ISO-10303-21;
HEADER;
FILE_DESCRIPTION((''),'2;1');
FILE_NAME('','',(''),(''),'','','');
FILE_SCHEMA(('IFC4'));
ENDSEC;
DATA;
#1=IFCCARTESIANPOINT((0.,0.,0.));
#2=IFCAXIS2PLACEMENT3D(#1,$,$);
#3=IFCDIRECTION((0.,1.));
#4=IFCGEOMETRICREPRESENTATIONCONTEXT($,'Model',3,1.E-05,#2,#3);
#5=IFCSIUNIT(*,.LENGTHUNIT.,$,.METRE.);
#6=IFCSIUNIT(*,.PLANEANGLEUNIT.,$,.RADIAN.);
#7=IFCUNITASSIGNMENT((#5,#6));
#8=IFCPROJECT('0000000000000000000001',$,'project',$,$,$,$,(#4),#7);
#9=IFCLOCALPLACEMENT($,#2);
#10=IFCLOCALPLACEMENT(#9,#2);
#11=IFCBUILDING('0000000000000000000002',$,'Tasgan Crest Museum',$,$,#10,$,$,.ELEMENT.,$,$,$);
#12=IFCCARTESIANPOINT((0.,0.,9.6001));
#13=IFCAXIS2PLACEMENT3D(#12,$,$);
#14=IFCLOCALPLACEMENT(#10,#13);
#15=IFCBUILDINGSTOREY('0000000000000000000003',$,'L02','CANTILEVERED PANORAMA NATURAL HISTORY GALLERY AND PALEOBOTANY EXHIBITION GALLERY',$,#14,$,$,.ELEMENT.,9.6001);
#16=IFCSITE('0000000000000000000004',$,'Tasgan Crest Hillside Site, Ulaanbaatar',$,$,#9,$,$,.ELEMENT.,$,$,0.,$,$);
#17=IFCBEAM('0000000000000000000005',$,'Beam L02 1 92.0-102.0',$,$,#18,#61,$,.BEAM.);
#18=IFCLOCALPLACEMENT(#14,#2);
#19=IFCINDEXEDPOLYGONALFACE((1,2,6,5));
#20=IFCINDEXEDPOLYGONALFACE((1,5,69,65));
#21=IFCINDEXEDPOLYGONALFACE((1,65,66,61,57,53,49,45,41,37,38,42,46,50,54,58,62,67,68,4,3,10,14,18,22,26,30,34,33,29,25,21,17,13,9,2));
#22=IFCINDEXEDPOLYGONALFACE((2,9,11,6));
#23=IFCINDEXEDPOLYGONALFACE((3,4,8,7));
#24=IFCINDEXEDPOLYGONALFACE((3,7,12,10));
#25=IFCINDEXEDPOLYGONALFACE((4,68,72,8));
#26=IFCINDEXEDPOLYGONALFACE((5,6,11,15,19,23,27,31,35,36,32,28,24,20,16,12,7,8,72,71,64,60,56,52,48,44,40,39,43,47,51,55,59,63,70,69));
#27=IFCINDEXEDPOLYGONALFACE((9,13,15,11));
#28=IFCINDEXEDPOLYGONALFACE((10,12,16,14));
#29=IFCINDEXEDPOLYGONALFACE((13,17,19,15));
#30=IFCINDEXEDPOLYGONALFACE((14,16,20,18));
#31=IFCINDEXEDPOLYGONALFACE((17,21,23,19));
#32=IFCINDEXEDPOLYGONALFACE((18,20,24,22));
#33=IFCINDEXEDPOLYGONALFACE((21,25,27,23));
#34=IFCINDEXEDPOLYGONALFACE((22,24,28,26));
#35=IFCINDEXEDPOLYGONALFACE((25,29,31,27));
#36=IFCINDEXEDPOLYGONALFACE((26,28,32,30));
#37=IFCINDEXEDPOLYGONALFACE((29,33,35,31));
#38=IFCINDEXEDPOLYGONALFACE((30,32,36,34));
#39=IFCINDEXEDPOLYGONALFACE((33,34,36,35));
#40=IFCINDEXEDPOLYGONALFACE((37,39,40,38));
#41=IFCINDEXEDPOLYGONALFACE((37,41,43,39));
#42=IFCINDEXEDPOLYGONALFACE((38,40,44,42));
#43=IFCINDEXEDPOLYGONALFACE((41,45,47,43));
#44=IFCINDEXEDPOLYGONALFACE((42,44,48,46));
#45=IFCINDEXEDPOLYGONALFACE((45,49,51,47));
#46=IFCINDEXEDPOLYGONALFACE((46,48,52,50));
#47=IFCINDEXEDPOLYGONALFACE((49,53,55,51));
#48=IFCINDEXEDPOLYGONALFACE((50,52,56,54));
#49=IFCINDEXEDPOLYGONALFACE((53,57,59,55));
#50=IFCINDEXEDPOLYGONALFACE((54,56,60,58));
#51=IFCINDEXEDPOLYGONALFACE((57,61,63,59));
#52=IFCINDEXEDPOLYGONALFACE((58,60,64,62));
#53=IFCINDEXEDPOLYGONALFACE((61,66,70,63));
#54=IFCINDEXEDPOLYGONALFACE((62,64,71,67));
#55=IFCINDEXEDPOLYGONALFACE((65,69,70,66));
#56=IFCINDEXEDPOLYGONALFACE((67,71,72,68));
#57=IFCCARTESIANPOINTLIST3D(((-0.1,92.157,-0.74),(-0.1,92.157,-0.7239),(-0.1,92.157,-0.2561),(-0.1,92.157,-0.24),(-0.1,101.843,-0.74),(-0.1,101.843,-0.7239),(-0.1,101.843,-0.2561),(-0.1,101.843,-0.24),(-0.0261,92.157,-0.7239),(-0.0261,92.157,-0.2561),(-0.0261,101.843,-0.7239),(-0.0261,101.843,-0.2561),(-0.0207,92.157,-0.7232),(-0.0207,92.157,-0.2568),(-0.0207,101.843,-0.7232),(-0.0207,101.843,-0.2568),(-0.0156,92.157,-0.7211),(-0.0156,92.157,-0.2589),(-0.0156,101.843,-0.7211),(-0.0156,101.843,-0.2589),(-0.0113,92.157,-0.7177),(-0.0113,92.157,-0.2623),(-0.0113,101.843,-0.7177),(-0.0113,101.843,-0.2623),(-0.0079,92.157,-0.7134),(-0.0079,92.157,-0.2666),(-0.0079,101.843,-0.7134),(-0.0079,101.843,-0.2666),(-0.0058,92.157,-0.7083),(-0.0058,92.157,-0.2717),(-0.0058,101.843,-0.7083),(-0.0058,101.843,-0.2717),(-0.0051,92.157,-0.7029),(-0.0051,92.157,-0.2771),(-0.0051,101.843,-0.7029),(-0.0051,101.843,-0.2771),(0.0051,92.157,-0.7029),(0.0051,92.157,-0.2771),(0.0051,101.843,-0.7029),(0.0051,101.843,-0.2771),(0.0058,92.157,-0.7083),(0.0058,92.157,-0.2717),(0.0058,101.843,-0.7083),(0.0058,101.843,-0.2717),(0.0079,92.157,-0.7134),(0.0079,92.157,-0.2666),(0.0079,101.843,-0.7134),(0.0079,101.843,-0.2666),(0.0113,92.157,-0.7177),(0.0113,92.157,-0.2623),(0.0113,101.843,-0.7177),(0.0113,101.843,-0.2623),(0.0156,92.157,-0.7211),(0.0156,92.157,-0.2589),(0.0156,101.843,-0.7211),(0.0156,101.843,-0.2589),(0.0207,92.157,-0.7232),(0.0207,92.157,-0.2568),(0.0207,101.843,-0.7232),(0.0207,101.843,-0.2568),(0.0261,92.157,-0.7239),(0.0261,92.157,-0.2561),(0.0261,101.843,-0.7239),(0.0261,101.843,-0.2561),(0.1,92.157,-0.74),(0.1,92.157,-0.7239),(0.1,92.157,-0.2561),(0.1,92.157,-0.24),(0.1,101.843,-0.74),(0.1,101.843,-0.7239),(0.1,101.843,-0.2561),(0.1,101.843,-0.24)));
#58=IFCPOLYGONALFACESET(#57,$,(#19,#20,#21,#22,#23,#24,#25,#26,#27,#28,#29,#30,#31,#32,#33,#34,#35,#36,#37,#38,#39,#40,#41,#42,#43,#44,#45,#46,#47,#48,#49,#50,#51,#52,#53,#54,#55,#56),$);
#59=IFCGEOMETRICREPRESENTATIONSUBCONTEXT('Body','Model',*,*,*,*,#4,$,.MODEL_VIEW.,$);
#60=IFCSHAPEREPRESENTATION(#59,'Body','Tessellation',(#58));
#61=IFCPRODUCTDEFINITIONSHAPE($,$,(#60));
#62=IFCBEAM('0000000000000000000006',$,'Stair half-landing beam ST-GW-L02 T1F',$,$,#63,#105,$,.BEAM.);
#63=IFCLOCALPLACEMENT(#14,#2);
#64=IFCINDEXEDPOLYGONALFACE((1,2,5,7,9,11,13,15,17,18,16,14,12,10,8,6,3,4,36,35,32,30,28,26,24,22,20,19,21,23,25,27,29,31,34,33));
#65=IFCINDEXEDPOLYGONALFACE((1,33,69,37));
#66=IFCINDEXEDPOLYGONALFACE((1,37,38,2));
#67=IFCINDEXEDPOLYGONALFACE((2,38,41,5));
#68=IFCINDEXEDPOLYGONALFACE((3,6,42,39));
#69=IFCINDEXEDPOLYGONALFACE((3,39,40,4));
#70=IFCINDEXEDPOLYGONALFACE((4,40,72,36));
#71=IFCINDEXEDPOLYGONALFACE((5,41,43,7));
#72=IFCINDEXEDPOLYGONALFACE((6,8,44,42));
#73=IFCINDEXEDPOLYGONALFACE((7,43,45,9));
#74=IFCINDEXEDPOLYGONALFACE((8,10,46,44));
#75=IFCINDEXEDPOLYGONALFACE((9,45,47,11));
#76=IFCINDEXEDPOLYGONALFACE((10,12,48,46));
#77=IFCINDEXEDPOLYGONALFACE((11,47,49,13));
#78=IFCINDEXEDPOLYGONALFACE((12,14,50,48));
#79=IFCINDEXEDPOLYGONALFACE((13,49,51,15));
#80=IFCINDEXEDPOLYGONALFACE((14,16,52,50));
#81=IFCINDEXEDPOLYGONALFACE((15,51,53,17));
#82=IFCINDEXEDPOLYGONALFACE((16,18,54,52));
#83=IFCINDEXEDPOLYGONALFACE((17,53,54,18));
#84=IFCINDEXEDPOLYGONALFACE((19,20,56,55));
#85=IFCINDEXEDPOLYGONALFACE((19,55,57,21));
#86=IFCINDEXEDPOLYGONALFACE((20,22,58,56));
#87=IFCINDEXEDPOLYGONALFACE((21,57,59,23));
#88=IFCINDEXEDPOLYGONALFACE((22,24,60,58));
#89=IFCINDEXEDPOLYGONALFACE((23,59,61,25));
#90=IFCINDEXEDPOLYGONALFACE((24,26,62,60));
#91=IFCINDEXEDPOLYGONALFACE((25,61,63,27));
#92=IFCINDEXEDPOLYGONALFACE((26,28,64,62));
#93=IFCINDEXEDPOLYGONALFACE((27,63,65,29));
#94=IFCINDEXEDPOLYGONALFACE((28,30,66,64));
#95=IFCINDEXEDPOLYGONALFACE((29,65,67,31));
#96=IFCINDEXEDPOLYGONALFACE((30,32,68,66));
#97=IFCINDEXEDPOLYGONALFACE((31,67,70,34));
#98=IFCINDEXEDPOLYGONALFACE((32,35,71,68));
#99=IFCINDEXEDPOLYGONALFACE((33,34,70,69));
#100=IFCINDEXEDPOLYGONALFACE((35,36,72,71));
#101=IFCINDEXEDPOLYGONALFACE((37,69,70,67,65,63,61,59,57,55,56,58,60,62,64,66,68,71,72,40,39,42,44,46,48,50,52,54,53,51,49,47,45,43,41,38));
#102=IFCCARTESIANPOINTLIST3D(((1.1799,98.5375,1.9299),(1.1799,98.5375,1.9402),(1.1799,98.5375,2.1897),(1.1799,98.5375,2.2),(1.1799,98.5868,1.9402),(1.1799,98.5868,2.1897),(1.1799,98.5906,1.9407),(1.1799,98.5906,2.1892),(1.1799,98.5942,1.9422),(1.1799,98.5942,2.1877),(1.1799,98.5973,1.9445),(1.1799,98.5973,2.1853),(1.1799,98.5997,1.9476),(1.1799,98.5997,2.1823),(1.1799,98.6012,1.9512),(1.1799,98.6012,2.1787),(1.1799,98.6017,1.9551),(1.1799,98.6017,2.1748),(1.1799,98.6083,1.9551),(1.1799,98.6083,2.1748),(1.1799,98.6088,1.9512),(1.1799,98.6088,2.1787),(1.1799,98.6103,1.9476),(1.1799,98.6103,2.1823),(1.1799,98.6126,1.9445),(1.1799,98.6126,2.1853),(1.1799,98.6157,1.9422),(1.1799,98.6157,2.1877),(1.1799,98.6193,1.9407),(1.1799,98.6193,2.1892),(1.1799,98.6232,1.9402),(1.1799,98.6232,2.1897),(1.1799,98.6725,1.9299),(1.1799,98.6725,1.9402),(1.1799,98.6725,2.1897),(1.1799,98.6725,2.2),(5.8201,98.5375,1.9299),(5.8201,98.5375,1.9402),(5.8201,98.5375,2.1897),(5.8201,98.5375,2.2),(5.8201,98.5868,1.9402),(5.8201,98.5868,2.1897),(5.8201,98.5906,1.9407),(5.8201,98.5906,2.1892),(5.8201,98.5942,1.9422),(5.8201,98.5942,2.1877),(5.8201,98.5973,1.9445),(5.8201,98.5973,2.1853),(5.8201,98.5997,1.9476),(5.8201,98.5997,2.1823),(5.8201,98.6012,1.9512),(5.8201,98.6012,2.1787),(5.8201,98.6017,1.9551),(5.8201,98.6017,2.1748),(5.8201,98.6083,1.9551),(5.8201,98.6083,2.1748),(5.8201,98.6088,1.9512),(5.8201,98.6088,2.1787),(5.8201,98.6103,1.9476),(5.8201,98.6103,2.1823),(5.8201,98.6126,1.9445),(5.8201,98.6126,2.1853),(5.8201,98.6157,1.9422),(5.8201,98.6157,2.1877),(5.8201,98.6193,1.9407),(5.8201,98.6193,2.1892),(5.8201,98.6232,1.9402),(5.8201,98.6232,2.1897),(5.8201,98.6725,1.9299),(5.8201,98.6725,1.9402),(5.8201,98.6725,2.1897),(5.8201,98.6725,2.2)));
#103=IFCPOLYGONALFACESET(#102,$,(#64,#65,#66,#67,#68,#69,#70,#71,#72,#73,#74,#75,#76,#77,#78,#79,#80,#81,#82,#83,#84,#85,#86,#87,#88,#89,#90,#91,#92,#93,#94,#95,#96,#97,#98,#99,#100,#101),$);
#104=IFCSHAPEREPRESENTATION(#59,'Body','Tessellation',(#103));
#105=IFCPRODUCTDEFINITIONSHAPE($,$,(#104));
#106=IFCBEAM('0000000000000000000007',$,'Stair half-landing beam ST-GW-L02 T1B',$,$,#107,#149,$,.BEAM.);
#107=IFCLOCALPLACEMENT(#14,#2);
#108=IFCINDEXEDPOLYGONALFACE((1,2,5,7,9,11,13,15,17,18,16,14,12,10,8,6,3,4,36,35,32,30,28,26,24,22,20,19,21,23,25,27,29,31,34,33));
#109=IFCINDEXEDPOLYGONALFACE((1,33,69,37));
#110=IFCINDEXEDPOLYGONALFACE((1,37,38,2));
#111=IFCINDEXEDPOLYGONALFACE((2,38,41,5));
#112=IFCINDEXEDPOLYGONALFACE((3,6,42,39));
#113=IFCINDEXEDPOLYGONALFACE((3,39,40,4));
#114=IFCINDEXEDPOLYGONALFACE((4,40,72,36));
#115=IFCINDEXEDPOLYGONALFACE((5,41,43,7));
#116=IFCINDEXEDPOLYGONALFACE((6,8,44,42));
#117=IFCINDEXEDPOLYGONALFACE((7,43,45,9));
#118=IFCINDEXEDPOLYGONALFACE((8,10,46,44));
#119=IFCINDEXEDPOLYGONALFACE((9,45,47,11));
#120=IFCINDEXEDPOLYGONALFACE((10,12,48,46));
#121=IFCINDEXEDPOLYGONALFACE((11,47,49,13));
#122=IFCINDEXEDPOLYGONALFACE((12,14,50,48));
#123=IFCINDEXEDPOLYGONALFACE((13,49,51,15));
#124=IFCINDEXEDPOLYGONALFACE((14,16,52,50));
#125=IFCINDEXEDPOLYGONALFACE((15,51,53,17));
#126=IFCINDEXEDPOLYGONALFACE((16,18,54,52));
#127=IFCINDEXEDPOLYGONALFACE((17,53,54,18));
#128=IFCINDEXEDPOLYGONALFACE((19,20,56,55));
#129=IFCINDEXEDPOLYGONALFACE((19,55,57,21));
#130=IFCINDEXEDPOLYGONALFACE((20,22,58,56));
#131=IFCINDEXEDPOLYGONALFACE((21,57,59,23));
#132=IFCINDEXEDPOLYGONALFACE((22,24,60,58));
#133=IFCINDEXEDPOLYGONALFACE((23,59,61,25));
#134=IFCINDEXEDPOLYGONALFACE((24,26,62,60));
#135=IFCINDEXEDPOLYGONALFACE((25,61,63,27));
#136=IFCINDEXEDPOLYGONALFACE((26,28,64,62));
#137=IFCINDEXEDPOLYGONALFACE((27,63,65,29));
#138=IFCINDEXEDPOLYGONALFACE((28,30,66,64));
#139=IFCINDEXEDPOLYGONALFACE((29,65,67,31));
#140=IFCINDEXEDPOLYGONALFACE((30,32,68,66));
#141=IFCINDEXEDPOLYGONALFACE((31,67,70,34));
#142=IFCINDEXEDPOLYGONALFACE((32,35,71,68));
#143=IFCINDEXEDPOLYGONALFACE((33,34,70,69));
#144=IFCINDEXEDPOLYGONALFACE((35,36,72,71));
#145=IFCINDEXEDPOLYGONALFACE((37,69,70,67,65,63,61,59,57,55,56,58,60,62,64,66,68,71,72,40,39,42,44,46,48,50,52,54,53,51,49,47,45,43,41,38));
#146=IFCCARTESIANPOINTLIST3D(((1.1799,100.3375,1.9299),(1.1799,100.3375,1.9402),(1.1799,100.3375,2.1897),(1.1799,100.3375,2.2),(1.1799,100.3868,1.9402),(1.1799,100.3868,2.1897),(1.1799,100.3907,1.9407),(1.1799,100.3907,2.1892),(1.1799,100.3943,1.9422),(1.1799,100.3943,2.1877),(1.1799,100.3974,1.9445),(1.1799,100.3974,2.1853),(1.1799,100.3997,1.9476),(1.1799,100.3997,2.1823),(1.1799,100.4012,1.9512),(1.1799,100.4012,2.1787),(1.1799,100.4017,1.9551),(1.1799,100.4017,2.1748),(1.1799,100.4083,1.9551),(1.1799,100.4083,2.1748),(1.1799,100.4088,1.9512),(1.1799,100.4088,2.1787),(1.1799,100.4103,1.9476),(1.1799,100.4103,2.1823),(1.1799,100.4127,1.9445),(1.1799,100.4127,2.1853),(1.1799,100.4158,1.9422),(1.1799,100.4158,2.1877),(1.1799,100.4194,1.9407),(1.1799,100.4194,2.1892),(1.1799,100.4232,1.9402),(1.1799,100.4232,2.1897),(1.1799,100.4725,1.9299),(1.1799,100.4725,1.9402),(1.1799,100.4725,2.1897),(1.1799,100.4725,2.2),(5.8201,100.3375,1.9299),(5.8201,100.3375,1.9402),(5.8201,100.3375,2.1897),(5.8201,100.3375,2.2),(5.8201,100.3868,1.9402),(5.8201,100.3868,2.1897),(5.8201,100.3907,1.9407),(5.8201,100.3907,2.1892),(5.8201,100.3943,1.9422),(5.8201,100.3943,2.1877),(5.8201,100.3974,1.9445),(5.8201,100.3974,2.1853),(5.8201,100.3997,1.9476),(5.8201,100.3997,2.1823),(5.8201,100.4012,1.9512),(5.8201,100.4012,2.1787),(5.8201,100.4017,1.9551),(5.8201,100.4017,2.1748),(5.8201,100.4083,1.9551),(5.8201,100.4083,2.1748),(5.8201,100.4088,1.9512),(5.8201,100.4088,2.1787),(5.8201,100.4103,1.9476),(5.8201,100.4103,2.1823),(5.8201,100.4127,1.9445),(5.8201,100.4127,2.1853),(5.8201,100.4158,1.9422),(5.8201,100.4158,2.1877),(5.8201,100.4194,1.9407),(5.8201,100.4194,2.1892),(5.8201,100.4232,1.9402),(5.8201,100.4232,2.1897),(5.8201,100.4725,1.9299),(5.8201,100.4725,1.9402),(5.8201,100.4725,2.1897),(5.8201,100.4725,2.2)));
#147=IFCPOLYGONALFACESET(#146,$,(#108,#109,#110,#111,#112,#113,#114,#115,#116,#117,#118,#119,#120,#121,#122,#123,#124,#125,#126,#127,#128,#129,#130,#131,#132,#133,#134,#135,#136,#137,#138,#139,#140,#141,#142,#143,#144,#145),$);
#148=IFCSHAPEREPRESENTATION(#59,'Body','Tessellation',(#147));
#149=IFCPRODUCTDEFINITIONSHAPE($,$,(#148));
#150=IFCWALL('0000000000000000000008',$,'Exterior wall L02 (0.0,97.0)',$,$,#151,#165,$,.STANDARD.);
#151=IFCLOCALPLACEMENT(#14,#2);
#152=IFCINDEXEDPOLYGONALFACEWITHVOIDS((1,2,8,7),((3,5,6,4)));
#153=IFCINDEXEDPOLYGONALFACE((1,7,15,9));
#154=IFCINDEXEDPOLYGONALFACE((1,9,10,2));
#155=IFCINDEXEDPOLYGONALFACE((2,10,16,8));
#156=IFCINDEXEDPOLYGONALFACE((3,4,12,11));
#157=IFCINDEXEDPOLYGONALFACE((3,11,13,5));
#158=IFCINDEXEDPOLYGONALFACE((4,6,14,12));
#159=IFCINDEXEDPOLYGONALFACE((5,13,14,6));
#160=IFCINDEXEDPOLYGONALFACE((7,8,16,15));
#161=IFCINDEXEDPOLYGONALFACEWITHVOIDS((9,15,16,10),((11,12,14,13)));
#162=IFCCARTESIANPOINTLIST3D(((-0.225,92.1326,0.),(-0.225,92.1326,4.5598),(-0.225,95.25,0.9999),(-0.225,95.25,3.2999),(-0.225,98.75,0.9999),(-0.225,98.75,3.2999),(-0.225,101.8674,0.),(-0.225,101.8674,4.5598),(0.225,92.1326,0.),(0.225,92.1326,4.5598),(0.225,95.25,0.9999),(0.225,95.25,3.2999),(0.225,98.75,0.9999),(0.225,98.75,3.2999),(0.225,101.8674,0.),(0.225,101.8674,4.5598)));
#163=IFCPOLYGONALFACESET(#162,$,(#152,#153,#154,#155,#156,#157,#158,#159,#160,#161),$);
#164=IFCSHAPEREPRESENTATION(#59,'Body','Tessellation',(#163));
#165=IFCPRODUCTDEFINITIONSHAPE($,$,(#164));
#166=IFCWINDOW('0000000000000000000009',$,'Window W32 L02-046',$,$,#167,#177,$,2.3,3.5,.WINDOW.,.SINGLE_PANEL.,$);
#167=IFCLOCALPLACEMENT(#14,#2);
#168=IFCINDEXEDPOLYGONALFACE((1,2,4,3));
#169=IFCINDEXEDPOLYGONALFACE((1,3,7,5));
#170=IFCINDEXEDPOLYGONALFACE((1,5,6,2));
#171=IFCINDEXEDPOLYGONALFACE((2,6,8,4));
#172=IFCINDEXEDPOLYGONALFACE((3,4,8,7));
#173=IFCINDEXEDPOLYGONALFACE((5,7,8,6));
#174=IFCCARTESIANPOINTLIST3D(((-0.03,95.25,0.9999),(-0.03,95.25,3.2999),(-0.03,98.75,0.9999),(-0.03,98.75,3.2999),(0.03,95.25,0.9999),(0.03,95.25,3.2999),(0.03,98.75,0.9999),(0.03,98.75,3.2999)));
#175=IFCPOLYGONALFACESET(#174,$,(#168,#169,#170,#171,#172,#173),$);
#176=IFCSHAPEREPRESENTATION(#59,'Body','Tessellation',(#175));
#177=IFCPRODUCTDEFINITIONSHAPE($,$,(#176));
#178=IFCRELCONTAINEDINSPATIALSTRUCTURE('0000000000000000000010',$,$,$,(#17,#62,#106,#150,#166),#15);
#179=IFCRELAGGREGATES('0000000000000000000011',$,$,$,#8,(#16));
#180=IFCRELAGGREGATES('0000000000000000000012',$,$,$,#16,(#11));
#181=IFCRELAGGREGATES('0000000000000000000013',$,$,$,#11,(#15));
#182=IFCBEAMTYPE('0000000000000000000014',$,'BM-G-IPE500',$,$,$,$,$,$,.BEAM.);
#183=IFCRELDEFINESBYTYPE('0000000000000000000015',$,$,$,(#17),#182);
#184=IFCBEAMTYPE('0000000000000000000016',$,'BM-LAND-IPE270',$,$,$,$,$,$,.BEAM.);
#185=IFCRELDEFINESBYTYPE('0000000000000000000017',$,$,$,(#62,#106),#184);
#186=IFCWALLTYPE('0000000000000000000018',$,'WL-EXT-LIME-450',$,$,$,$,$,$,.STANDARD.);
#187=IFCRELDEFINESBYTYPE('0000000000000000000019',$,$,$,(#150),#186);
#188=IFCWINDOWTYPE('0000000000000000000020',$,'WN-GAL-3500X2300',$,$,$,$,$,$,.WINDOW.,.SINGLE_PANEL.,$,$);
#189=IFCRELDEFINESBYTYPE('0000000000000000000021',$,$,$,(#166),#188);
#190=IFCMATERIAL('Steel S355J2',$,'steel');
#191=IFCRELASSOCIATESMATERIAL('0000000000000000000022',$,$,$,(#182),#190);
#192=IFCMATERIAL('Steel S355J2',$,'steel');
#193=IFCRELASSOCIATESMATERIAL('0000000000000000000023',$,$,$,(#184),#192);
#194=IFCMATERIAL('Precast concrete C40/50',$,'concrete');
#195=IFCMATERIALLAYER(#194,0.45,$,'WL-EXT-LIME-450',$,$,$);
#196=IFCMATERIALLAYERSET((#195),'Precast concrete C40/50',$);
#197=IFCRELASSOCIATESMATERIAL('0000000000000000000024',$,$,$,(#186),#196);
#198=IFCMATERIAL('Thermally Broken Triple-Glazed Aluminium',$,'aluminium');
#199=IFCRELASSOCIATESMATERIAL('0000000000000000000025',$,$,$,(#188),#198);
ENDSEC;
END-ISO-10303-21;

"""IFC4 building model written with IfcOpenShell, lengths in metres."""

from ifc_helpers import new_model, si_unit, direction, frame, frame_2d, origin, origin_2d, place, context, subcontext, project, spatial, rectangle, i_section, extrude, material, layer, layer_set, material_profile, profile_set, type_object, element, fill, save


model = new_model("IFC4")

# Units and contexts
model_context = context("Model", 3, precision=1e-05, world=origin(), true_north=direction((0.0, 1.0)))
body_context = subcontext(model_context, "Body", "Model", "MODEL_VIEW")
ifc_project = project(units=[si_unit("LENGTHUNIT", "METRE"), si_unit("PLANEANGLEUNIT", "RADIAN")], contexts=[model_context])

# Site, building, storey
site_placement = place(None, origin())
site = spatial("IfcSite", under=ifc_project, at=site_placement, Name="Tasgan Crest Hillside Site, Ulaanbaatar", CompositionType="ELEMENT", RefElevation=0.0)
building_placement = place(site_placement, origin())
building = spatial("IfcBuilding", under=site, at=building_placement, Name="Tasgan Crest Museum", CompositionType="ELEMENT")
storey_placement = place(building_placement, frame((0.0, 0.0, 9.6001)))
storey = spatial("IfcBuildingStorey", under=building, at=storey_placement, Name="L02", Description="CANTILEVERED PANORAMA NATURAL HISTORY GALLERY AND PALEOBOTANY EXHIBITION GALLERY", CompositionType="ELEMENT", Elevation=9.6001)

# Beams
ifc_material_1 = material(Name="Steel S355J2", Category="steel")
ifc_material_profile_1 = material_profile(ifc_material_1, i_section(OverallWidth=0.2, OverallDepth=0.5, WebThickness=0.0103, FlangeThickness=0.0161, FilletRadius=0.021, at=origin_2d()), Name="IPE 500")
ifc_profile_set_1 = profile_set([ifc_material_profile_1], Name="Steel S355J2")
beam_type_1 = type_object("IfcBeamType", Name="BM-G-IPE500", PredefinedType="BEAM", material=ifc_profile_set_1)
beam_1_placement = place(storey_placement, frame((0.0, 92.157, -0.49), z_axis=(0.0, 1.0, 0.0), x_axis=(-1.0, 0.0, 0.0)))
element("IfcBeam", 1, at=beam_1_placement, inside=storey, type_object=beam_type_1, Name="Beam L02 1 92.0-102.0", PredefinedType="BEAM", context=body_context, shape_type="SweptSolid", body=[
    extrude(i_section(OverallWidth=0.2, OverallDepth=0.5, WebThickness=0.0103, FlangeThickness=0.0161, FilletRadius=0.021, at=origin_2d()), origin(), (0.0, 0.0, 1.0), 9.686),
])
ifc_material_2 = material(Name="Steel S355J2", Category="steel")
ifc_material_profile_2 = material_profile(ifc_material_2, i_section(OverallWidth=0.135, OverallDepth=0.27, WebThickness=0.0066, FlangeThickness=0.0103, FilletRadius=0.0149, at=origin_2d()), Name="IPE 270")
ifc_profile_set_2 = profile_set([ifc_material_profile_2], Name="Steel S355J2")
beam_type_2 = type_object("IfcBeamType", Name="BM-LAND-IPE270", PredefinedType="BEAM", material=ifc_profile_set_2)
for number, where, z_axis, x_axis, name in (
    (2, (1.1799, 98.605, 2.0649), (1.0, 0.0, 0.0), (0.0, 1.0, 0.0), "Stair half-landing beam ST-GW-L02 T1F"),
    (3, (1.1799, 100.405, 2.0649), (1.0, 0.0, 0.0), (0.0, 1.0, 0.0), "Stair half-landing beam ST-GW-L02 T1B"),
):
    element("IfcBeam", number, at=place(storey_placement, frame(where, z_axis=z_axis, x_axis=x_axis)), inside=storey, type_object=beam_type_2, Name=name, PredefinedType="BEAM", context=body_context, shape_type="SweptSolid", body=[
        extrude(i_section(OverallWidth=0.135, OverallDepth=0.27, WebThickness=0.0066, FlangeThickness=0.0103, FilletRadius=0.0149, at=origin_2d()), origin(), (0.0, 0.0, 1.0), 4.6401),
    ])

# Wall, opening, window
ifc_material_3 = material(Name="Precast concrete C40/50", Category="concrete")
ifc_layer_1 = layer(ifc_material_3, 0.45, Name="WL-EXT-LIME-450")
ifc_layer_set_1 = layer_set([ifc_layer_1], Name="Precast concrete C40/50")
wall_type_1 = type_object("IfcWallType", Name="WL-EXT-LIME-450", PredefinedType="STANDARD", material=ifc_layer_set_1)
wall_1_placement = place(storey_placement, frame((0.0, 101.8674, 0.0), z_axis=(0.0, 0.0, 1.0), x_axis=(0.0, -1.0, 0.0)))
wall_1 = element("IfcWall", 4, at=wall_1_placement, inside=storey, type_object=wall_type_1, Name="Exterior wall L02 (0.0,97.0)", PredefinedType="STANDARD", context=body_context, shape_type="SweptSolid", body=[
    extrude(rectangle(XDim=9.7349, YDim=0.45, at=frame_2d((4.8674, 0.0))), origin(), (0.0, 0.0, 1.0), 4.5598),
])
opening_1_placement = place(wall_1_placement, frame((3.1174, 0.0, 1.0)))
opening_1 = element("IfcOpeningElement", 5, at=opening_1_placement, cuts=wall_1, PredefinedType="OPENING", context=body_context, shape_type="SweptSolid", body=[
    extrude(rectangle(XDim=3.5, YDim=2.3, at=frame_2d((1.75, 1.1499))), frame((0.0, 0.2349, 0.0), z_axis=(0.0, -1.0, 0.0), x_axis=(1.0, 0.0, 0.0)), (0.0, 0.0, 1.0), 0.47),
])
ifc_material_4 = material(Name="Thermally Broken Triple-Glazed Aluminium", Category="aluminium")
window_type_1 = type_object("IfcWindowType", Name="WN-GAL-3500X2300", PartitioningType="SINGLE_PANEL", PredefinedType="WINDOW", material=ifc_material_4)
window_1_placement = place(opening_1_placement, origin())
window_1 = element("IfcWindow", 6, at=window_1_placement, inside=storey, type_object=window_type_1, Name="Window W32 L02-046", OverallHeight=2.3, OverallWidth=3.5, PartitioningType="SINGLE_PANEL", PredefinedType="WINDOW", context=body_context, shape_type="SweptSolid", body=[
    extrude(rectangle(XDim=3.5, YDim=2.3, at=frame_2d((1.75, 1.1499))), frame((0.0, 0.03, 0.0), z_axis=(0.0, -1.0, 0.0), x_axis=(1.0, 0.0, 0.0)), (0.0, 0.0, 1.0), 0.0601),
])
fill(opening_1, window_1)

save(model, "model.ifc")
